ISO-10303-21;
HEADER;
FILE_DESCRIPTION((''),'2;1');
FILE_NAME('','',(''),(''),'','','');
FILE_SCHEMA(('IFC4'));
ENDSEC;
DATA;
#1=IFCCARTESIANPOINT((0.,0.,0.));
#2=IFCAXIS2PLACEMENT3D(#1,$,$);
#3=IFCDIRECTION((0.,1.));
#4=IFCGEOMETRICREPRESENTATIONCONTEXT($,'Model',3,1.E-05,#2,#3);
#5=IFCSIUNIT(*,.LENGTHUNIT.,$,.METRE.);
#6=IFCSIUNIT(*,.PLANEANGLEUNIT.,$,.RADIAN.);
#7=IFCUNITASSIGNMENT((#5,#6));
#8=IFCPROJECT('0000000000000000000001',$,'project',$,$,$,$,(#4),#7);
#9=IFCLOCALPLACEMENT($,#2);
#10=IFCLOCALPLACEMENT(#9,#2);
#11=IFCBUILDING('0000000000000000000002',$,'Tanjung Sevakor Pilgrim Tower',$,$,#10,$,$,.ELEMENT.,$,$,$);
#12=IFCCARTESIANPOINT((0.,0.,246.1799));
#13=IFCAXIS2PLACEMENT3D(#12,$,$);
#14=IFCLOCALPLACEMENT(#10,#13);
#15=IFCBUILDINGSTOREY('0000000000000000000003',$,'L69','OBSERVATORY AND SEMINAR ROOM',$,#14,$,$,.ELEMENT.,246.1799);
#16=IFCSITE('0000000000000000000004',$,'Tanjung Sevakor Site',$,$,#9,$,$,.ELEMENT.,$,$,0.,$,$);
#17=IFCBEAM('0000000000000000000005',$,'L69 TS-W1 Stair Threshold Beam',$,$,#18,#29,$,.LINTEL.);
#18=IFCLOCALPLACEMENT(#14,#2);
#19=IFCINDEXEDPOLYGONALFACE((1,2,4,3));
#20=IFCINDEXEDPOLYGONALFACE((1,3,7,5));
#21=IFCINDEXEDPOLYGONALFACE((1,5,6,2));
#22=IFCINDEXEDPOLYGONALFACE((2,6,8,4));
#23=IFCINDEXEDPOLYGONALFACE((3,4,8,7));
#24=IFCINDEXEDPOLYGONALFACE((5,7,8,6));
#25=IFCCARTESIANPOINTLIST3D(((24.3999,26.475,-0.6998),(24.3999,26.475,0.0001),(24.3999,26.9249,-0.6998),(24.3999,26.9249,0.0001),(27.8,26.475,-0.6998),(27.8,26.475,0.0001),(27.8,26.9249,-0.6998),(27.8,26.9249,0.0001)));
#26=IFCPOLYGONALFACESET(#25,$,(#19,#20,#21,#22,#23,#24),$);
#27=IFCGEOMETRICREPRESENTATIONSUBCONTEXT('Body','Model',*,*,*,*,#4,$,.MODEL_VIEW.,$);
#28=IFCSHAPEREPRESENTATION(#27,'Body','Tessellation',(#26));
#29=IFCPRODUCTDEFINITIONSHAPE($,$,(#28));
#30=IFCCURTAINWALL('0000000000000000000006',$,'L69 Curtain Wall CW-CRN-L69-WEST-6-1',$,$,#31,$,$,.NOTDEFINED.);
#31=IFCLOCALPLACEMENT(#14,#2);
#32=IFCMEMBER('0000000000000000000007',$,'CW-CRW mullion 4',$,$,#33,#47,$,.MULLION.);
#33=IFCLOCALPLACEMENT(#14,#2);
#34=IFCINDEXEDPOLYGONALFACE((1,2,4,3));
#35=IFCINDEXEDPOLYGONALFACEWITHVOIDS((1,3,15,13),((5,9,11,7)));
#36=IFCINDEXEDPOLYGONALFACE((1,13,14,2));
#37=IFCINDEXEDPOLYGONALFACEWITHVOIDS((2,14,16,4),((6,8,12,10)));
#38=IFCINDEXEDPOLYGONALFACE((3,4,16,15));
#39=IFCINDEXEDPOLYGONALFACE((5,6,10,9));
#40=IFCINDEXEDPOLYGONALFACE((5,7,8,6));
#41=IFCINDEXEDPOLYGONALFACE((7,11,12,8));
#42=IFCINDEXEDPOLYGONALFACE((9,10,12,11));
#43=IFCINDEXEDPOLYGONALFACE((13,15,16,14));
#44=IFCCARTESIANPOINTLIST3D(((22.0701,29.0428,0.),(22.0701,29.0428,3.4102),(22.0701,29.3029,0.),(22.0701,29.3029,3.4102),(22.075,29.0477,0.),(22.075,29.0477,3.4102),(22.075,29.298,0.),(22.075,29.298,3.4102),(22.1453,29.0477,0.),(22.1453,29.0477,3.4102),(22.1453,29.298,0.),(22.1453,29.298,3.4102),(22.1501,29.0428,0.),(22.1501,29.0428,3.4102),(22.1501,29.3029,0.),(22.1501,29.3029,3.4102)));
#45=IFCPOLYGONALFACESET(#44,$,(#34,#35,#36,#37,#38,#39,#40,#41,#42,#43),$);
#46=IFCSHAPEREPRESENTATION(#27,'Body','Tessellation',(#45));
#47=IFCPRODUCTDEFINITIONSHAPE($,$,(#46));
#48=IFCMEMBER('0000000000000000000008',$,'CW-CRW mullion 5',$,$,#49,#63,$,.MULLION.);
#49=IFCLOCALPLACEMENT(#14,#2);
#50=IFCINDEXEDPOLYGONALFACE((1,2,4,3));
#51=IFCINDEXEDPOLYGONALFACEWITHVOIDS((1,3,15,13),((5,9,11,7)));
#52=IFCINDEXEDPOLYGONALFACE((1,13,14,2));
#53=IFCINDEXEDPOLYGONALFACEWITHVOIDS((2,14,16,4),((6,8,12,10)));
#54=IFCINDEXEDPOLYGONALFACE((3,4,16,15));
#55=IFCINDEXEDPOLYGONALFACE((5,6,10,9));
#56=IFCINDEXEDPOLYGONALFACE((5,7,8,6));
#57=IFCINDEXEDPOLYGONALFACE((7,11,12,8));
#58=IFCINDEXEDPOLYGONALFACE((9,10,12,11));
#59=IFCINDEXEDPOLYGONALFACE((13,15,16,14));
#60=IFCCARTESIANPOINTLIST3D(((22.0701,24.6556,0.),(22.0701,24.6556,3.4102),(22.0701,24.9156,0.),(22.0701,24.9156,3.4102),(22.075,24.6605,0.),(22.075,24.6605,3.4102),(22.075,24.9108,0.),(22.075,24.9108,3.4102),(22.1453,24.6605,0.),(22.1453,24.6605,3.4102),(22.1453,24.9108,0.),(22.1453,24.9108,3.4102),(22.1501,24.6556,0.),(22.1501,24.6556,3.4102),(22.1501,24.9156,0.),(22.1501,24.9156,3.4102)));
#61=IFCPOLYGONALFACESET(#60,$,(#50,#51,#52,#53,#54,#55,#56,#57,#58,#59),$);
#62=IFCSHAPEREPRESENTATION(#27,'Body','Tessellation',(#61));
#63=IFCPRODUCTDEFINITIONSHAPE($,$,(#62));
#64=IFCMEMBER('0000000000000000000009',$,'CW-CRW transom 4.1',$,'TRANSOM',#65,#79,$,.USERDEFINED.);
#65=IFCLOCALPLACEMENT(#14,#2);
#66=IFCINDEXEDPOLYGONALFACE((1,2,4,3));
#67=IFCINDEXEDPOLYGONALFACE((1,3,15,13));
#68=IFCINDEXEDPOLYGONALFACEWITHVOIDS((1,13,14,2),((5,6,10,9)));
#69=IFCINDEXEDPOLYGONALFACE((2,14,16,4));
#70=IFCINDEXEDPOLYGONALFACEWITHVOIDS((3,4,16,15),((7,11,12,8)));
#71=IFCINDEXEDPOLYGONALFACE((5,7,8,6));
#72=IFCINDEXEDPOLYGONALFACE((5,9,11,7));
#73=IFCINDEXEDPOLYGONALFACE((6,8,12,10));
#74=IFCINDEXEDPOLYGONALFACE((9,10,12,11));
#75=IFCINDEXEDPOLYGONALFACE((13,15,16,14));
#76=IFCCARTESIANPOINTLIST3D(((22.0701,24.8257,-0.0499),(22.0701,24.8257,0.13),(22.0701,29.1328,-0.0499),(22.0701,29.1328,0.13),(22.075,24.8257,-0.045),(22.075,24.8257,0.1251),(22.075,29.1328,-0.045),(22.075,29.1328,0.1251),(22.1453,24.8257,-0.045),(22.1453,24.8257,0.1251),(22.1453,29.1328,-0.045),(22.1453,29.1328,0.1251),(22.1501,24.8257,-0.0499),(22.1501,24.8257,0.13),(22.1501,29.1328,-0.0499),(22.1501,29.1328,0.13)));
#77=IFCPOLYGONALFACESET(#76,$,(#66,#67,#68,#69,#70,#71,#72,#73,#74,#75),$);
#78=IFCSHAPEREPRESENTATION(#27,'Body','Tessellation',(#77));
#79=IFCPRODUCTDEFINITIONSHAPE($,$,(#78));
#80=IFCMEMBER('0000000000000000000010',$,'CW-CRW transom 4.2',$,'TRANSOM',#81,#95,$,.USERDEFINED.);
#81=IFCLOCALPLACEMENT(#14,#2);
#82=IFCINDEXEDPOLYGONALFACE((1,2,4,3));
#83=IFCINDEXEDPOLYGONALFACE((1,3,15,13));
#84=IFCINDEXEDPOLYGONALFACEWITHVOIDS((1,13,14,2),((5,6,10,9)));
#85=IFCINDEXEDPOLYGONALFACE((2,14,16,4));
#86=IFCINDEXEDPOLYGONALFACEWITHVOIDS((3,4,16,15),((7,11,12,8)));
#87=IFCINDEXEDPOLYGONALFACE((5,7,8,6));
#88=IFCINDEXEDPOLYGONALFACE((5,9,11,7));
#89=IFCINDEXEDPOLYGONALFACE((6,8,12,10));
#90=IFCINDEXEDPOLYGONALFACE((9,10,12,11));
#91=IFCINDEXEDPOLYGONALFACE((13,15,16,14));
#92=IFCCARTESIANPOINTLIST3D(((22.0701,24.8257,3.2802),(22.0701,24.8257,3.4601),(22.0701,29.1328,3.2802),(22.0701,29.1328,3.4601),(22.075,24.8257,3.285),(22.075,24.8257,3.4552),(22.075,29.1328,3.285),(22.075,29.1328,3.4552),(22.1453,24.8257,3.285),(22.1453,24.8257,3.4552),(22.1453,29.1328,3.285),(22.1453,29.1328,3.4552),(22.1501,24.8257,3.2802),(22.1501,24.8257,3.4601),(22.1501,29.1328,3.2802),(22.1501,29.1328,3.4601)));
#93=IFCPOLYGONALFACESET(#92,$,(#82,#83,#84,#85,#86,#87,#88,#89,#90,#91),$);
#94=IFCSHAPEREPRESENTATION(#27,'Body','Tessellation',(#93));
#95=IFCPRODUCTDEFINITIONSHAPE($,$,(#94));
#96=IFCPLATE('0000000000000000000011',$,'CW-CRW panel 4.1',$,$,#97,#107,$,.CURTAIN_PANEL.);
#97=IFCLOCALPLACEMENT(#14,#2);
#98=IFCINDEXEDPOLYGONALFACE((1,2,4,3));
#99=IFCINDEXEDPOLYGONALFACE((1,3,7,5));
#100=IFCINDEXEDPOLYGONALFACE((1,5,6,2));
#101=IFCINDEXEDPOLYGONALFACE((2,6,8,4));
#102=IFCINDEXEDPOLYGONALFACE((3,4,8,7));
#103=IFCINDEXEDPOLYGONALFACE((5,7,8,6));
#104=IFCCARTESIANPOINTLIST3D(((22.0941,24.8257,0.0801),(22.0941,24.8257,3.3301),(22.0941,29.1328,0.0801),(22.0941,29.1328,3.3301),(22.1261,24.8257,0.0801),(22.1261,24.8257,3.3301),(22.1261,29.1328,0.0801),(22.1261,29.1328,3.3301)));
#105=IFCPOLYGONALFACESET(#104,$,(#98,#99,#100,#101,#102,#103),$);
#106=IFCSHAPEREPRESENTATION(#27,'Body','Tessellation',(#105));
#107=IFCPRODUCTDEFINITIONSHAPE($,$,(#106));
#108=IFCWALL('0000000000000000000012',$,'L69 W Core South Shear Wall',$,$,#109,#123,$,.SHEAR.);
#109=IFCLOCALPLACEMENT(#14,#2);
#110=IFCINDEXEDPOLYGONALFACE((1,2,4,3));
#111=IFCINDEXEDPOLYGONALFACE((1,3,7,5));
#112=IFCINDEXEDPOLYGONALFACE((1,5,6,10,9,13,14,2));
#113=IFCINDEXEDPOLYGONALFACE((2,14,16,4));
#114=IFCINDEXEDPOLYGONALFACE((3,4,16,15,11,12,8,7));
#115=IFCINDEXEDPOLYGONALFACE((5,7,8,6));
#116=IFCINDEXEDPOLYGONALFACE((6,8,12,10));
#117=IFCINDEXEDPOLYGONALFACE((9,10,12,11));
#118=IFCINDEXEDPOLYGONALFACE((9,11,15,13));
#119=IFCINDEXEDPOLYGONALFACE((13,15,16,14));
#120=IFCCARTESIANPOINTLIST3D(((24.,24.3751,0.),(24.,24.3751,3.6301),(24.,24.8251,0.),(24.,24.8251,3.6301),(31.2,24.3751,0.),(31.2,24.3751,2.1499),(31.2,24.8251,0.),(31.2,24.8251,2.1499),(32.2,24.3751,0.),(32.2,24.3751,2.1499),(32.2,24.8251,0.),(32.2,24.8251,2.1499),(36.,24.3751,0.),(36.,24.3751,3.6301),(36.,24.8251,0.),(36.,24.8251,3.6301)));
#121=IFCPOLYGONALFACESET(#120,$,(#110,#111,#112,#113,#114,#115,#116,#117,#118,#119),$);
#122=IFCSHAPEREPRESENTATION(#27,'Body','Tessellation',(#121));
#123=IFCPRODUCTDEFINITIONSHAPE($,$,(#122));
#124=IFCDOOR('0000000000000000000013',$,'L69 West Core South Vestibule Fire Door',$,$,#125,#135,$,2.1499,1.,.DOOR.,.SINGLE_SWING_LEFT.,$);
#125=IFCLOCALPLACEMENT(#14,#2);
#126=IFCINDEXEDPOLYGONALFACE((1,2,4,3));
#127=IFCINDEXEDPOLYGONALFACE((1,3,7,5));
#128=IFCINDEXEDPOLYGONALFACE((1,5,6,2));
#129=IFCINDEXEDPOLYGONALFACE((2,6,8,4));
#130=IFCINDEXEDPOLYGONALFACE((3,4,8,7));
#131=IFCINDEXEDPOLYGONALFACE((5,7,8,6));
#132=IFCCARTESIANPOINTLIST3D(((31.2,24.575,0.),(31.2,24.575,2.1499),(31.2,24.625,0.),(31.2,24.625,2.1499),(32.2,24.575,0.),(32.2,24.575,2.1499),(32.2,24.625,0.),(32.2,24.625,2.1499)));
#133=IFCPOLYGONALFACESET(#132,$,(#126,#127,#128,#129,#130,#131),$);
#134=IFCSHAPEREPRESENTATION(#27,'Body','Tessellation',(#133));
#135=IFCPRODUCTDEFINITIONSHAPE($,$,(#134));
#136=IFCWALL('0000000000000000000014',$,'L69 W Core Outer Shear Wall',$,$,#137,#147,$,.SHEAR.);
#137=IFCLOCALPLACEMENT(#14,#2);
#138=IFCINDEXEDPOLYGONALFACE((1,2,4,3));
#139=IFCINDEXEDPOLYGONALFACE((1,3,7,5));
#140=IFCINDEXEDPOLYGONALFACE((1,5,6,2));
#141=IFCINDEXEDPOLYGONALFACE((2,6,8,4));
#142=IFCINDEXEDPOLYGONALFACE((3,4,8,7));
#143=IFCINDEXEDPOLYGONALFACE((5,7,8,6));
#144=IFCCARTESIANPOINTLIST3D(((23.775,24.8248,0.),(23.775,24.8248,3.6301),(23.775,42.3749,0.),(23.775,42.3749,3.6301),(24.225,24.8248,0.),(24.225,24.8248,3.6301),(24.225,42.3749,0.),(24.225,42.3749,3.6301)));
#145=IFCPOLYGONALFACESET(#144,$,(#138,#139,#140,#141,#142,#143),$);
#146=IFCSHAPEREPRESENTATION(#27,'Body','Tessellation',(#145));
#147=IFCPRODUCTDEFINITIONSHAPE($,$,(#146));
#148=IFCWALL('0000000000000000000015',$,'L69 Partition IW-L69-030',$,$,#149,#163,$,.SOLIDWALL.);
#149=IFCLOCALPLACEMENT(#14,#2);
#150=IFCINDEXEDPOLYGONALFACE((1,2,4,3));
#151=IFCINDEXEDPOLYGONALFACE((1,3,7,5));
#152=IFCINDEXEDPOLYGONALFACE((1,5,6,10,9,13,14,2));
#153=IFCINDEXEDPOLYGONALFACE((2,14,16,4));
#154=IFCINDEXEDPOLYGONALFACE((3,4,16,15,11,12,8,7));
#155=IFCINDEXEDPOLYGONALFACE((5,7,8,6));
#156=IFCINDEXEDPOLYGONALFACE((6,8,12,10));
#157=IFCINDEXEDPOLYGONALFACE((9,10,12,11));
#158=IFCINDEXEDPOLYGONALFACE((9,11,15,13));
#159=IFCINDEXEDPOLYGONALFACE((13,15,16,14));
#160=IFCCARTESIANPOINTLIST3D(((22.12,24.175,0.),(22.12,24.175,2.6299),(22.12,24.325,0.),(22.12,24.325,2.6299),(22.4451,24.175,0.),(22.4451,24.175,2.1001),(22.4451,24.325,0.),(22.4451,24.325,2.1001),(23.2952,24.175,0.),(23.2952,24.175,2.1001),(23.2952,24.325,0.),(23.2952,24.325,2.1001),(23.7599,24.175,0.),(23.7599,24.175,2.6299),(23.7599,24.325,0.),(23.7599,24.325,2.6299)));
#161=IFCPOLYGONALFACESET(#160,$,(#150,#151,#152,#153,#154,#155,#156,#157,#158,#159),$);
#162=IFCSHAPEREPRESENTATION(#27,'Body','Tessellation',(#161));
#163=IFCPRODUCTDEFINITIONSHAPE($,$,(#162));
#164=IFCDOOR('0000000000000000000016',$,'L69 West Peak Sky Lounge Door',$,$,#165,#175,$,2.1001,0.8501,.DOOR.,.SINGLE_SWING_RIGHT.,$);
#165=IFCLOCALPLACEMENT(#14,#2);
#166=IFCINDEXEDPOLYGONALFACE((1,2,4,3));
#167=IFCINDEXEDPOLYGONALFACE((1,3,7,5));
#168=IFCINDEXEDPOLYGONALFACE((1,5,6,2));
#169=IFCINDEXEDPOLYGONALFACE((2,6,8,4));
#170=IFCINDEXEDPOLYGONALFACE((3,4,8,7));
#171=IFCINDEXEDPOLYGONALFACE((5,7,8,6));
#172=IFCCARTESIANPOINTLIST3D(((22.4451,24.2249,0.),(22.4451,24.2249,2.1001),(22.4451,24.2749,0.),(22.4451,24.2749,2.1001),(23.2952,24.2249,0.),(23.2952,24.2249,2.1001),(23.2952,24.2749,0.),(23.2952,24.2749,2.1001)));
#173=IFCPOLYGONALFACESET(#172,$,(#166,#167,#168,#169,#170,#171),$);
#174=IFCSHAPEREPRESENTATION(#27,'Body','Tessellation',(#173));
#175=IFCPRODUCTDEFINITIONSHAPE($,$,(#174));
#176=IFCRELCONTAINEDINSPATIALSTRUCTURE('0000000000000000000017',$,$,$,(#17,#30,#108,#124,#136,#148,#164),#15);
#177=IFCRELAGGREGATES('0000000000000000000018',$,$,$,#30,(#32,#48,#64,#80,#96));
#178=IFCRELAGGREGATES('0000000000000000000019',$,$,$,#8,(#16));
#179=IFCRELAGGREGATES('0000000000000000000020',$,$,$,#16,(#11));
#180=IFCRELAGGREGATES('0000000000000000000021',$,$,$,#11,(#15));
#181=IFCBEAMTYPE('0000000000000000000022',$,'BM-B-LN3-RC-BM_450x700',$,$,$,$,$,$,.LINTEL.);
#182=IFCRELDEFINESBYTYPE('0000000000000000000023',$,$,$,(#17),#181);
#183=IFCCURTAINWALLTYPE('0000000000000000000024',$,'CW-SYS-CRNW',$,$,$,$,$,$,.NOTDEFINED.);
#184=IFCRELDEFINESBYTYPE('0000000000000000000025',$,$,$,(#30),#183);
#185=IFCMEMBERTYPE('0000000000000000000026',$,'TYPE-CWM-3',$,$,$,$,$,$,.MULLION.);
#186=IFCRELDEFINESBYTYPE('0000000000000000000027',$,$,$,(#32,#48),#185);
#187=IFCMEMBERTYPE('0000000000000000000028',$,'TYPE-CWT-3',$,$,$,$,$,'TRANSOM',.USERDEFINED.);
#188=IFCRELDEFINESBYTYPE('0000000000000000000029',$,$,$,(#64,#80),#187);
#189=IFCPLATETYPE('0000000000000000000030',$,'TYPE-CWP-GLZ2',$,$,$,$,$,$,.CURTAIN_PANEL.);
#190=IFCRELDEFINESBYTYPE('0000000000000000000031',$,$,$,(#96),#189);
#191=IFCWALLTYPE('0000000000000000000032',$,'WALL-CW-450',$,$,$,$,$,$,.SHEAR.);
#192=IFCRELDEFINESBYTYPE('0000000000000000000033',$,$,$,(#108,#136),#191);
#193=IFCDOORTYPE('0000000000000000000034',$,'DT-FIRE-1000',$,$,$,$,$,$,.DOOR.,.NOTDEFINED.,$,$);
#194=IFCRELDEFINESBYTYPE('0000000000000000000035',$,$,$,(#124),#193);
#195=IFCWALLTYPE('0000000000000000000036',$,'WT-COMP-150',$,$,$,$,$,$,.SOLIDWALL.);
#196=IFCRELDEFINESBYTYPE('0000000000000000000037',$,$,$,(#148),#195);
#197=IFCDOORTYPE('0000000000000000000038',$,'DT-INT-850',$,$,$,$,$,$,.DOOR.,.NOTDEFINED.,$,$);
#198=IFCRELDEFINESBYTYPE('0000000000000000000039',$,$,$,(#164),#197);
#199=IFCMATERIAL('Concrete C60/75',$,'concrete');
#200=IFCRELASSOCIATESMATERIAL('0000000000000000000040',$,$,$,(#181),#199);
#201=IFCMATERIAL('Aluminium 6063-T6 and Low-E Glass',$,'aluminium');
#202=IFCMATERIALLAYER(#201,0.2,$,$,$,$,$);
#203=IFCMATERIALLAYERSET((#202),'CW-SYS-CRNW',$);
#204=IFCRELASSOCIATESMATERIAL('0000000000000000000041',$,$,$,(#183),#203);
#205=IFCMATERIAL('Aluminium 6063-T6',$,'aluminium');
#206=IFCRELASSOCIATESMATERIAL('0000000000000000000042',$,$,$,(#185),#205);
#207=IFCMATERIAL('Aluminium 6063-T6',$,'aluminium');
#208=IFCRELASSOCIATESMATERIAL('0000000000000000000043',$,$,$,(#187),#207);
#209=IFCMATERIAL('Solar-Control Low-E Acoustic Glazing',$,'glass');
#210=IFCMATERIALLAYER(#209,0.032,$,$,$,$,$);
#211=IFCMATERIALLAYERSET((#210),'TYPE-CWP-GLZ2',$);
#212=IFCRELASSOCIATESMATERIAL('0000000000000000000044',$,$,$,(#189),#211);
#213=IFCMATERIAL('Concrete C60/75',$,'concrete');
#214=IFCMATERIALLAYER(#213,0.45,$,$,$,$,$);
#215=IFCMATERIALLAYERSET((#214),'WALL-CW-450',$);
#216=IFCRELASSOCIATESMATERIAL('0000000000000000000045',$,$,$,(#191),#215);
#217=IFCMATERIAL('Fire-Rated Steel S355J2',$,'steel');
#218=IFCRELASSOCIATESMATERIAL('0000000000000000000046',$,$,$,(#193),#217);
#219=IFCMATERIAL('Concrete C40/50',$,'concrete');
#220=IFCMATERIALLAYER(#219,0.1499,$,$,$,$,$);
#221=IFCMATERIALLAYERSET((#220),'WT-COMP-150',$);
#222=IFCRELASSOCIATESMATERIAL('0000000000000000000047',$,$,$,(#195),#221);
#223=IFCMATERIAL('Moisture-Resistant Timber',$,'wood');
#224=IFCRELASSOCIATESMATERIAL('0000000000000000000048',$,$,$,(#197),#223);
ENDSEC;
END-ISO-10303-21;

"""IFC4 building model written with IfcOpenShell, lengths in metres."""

from ifc_helpers import new_model, si_unit, direction, frame, frame_2d, origin, origin_2d, place, context, subcontext, project, spatial, rectangle, hollow_rectangle, extrude, material, layer, layer_set, material_profile, profile_set, type_object, element, fill, aggregate, save


model = new_model("IFC4")

# Units and contexts
model_context = context("Model", 3, precision=1e-05, world=origin(), true_north=direction((0.0, 1.0)))
body_context = subcontext(model_context, "Body", "Model", "MODEL_VIEW")
ifc_project = project(units=[si_unit("LENGTHUNIT", "METRE"), si_unit("PLANEANGLEUNIT", "RADIAN")], contexts=[model_context])

# Site, building, storey
site_placement = place(None, origin())
site = spatial("IfcSite", under=ifc_project, at=site_placement, Name="Tanjung Sevakor Site", CompositionType="ELEMENT", RefElevation=0.0)
building_placement = place(site_placement, origin())
building = spatial("IfcBuilding", under=site, at=building_placement, Name="Tanjung Sevakor Pilgrim Tower", CompositionType="ELEMENT")
storey_placement = place(building_placement, frame((0.0, 0.0, 246.1799)))
storey = spatial("IfcBuildingStorey", under=building, at=storey_placement, Name="L69", Description="OBSERVATORY AND SEMINAR ROOM", CompositionType="ELEMENT", Elevation=246.1799)

# Beam
ifc_material_1 = material(Name="Concrete C60/75", Category="concrete")
ifc_material_profile_1 = material_profile(ifc_material_1, rectangle(XDim=0.45, YDim=0.7, at=origin_2d()))
ifc_profile_set_1 = profile_set([ifc_material_profile_1], Name="Concrete C60/75")
beam_type = type_object("IfcBeamType", Name="BM-B-LN3-RC-BM_450x700", PredefinedType="LINTEL", material=ifc_profile_set_1)
beam_placement = place(storey_placement, frame((24.3999, 26.7, -0.3499), z_axis=(1.0, 0.0, 0.0), x_axis=(0.0, 1.0, 0.0)))
element("IfcBeam", 1, at=beam_placement, inside=storey, type_object=beam_type, Name="L69 TS-W1 Stair Threshold Beam", PredefinedType="LINTEL", context=body_context, shape_type="SweptSolid", body=[
    extrude(rectangle(XDim=0.45, YDim=0.7, at=origin_2d()), origin(), (0.0, 0.0, 1.0), 3.4001),
])

# Curtain wall, members, plate
ifc_material_2 = material(Name="Aluminium 6063-T6 and Low-E Glass", Category="aluminium")
ifc_layer_1 = layer(ifc_material_2, 0.2)
ifc_layer_set_1 = layer_set([ifc_layer_1], Name="CW-SYS-CRNW")
curtain_wall_type = type_object("IfcCurtainWallType", Name="CW-SYS-CRNW", PredefinedType="NOTDEFINED", material=ifc_layer_set_1)
curtain_wall_placement = place(storey_placement, origin())
curtain_wall = element("IfcCurtainWall", 2, at=curtain_wall_placement, inside=storey, type_object=curtain_wall_type, Name="L69 Curtain Wall CW-CRN-L69-WEST-6-1", PredefinedType="NOTDEFINED")
ifc_material_3 = material(Name="Aluminium 6063-T6", Category="aluminium")
ifc_material_profile_2 = material_profile(ifc_material_3, hollow_rectangle(XDim=0.0801, YDim=0.26, WallThickness=0.0049, at=origin_2d()))
ifc_profile_set_2 = profile_set([ifc_material_profile_2], Name="Aluminium 6063-T6")
member_type_1 = type_object("IfcMemberType", Name="TYPE-CWM-3", PredefinedType="MULLION", material=ifc_profile_set_2)
member_1_placement = place(storey_placement, frame((22.1101, 29.1729, 0.0), z_axis=(0.0, 0.0, 1.0), x_axis=(1.0, 0.0, 0.0)))
member_1 = element("IfcMember", 3, at=member_1_placement, type_object=member_type_1, Name="CW-CRW mullion 4", PredefinedType="MULLION", context=body_context, shape_type="SweptSolid", body=[
    extrude(hollow_rectangle(XDim=0.0801, YDim=0.26, WallThickness=0.0049, at=origin_2d()), origin(), (0.0, 0.0, 1.0), 3.4102),
])
member_2_placement = place(storey_placement, frame((22.1101, 24.7856, 0.0), z_axis=(0.0, 0.0, 1.0), x_axis=(1.0, 0.0, 0.0)))
member_2 = element("IfcMember", 4, at=member_2_placement, type_object=member_type_1, Name="CW-CRW mullion 5", PredefinedType="MULLION", context=body_context, shape_type="SweptSolid", body=[
    extrude(hollow_rectangle(XDim=0.0801, YDim=0.26, WallThickness=0.0049, at=origin_2d()), origin(), (0.0, 0.0, 1.0), 3.4102),
])
ifc_material_4 = material(Name="Aluminium 6063-T6", Category="aluminium")
ifc_material_profile_3 = material_profile(ifc_material_4, hollow_rectangle(XDim=0.0801, YDim=0.1799, WallThickness=0.0049, at=origin_2d()))
ifc_profile_set_3 = profile_set([ifc_material_profile_3], Name="Aluminium 6063-T6")
member_type_2 = type_object("IfcMemberType", Name="TYPE-CWT-3", ElementType="TRANSOM", PredefinedType="USERDEFINED", material=ifc_profile_set_3)
member_3_placement = place(storey_placement, frame((22.1101, 29.1328, 0.04), z_axis=(0.0, -1.0, 0.0), x_axis=(1.0, 0.0, 0.0)))
member_3 = element("IfcMember", 5, at=member_3_placement, type_object=member_type_2, Name="CW-CRW transom 4.1", ObjectType="TRANSOM", PredefinedType="USERDEFINED", context=body_context, shape_type="SweptSolid", body=[
    extrude(hollow_rectangle(XDim=0.0801, YDim=0.1799, WallThickness=0.0049, at=origin_2d()), origin(), (0.0, 0.0, 1.0), 4.3071),
])
member_4_placement = place(storey_placement, frame((22.1101, 29.1328, 3.3701), z_axis=(0.0, -1.0, 0.0), x_axis=(1.0, 0.0, 0.0)))
member_4 = element("IfcMember", 6, at=member_4_placement, type_object=member_type_2, Name="CW-CRW transom 4.2", ObjectType="TRANSOM", PredefinedType="USERDEFINED", context=body_context, shape_type="SweptSolid", body=[
    extrude(hollow_rectangle(XDim=0.0801, YDim=0.1799, WallThickness=0.0049, at=origin_2d()), origin(), (0.0, 0.0, 1.0), 4.3071),
])
ifc_material_5 = material(Name="Solar-Control Low-E Acoustic Glazing", Category="glass")
ifc_layer_2 = layer(ifc_material_5, 0.032)
ifc_layer_set_2 = layer_set([ifc_layer_2], Name="TYPE-CWP-GLZ2")
plate_type = type_object("IfcPlateType", Name="TYPE-CWP-GLZ2", PredefinedType="CURTAIN_PANEL", material=ifc_layer_set_2)
plate_placement = place(storey_placement, frame((22.1101, 26.9792, 0.0801), z_axis=(0.0, 0.0, 1.0), x_axis=(0.0, -1.0, 0.0)))
plate = element("IfcPlate", 7, at=plate_placement, type_object=plate_type, Name="CW-CRW panel 4.1", PredefinedType="CURTAIN_PANEL", context=body_context, shape_type="SweptSolid", body=[
    extrude(rectangle(XDim=4.3071, YDim=0.032, at=origin_2d()), origin(), (0.0, 0.0, 1.0), 3.25),
])
aggregate(curtain_wall, [member_1, member_2, member_3, member_4, plate])

# Wall, opening, door
ifc_material_6 = material(Name="Concrete C60/75", Category="concrete")
ifc_layer_3 = layer(ifc_material_6, 0.45)
ifc_layer_set_3 = layer_set([ifc_layer_3], Name="WALL-CW-450")
wall_type_1 = type_object("IfcWallType", Name="WALL-CW-450", PredefinedType="SHEAR", material=ifc_layer_set_3)
wall_1_placement = place(storey_placement, frame((24.0, 24.6001, 0.0), z_axis=(0.0, 0.0, 1.0), x_axis=(1.0, 0.0, 0.0)))
wall_1 = element("IfcWall", 8, at=wall_1_placement, inside=storey, type_object=wall_type_1, Name="L69 W Core South Shear Wall", PredefinedType="SHEAR", context=body_context, shape_type="SweptSolid", body=[
    extrude(rectangle(XDim=12.0, YDim=0.45, at=frame_2d((6.0, 0.0))), origin(), (0.0, 0.0, 1.0), 3.6301),
])
opening_1_placement = place(wall_1_placement, frame((7.2, 0.0, 0.0)))
opening_1 = element("IfcOpeningElement", 9, at=opening_1_placement, cuts=wall_1, PredefinedType="OPENING", context=body_context, shape_type="SweptSolid", body=[
    extrude(rectangle(XDim=1.0, YDim=2.1499, at=frame_2d((0.5, 1.075))), frame((0.0, 0.2349, 0.0), z_axis=(0.0, -1.0, 0.0), x_axis=(1.0, 0.0, 0.0)), (0.0, 0.0, 1.0), 0.47),
])
ifc_material_7 = material(Name="Fire-Rated Steel S355J2", Category="steel")
door_type_1 = type_object("IfcDoorType", Name="DT-FIRE-1000", OperationType="NOTDEFINED", PredefinedType="DOOR", material=ifc_material_7)
door_1_placement = place(opening_1_placement, origin())
door_1 = element("IfcDoor", 10, at=door_1_placement, inside=storey, type_object=door_type_1, Name="L69 West Core South Vestibule Fire Door", OperationType="SINGLE_SWING_LEFT", OverallHeight=2.1499, OverallWidth=1.0, PredefinedType="DOOR", context=body_context, shape_type="SweptSolid", body=[
    extrude(rectangle(XDim=1.0, YDim=2.1499, at=frame_2d((0.5, 1.075))), frame((0.0, 0.0249, 0.0), z_axis=(0.0, -1.0, 0.0), x_axis=(1.0, 0.0, 0.0)), (0.0, 0.0, 1.0), 0.05),
])
fill(opening_1, door_1)

# Wall
wall_2_placement = place(storey_placement, frame((24.0, 24.825, 0.0), z_axis=(0.0, 0.0, 1.0), x_axis=(0.0, 1.0, 0.0)))
element("IfcWall", 11, at=wall_2_placement, inside=storey, type_object=wall_type_1, Name="L69 W Core Outer Shear Wall", PredefinedType="SHEAR", context=body_context, shape_type="SweptSolid", body=[
    extrude(rectangle(XDim=17.55, YDim=0.45, at=frame_2d((8.7749, 0.0))), origin(), (0.0, 0.0, 1.0), 3.6301),
])

# Wall, opening, door
ifc_material_8 = material(Name="Concrete C40/50", Category="concrete")
ifc_layer_4 = layer(ifc_material_8, 0.1499)
ifc_layer_set_4 = layer_set([ifc_layer_4], Name="WT-COMP-150")
wall_type_2 = type_object("IfcWallType", Name="WT-COMP-150", PredefinedType="SOLIDWALL", material=ifc_layer_set_4)
wall_3_placement = place(storey_placement, frame((22.1201, 24.25, 0.0), z_axis=(0.0, 0.0, 1.0), x_axis=(1.0, 0.0, 0.0)))
wall_3 = element("IfcWall", 12, at=wall_3_placement, inside=storey, type_object=wall_type_2, Name="L69 Partition IW-L69-030", PredefinedType="SOLIDWALL", context=body_context, shape_type="SweptSolid", body=[
    extrude(rectangle(XDim=1.6399, YDim=0.1499, at=frame_2d((0.8198, 0.0))), origin(), (0.0, 0.0, 1.0), 2.6299),
])
opening_2_placement = place(wall_3_placement, frame((0.325, 0.0, 0.0)))
opening_2 = element("IfcOpeningElement", 13, at=opening_2_placement, cuts=wall_3, PredefinedType="OPENING", context=body_context, shape_type="SweptSolid", body=[
    extrude(rectangle(XDim=0.8501, YDim=2.1001, at=frame_2d((0.425, 1.05))), frame((0.0, 0.085, 0.0), z_axis=(0.0, -1.0, 0.0), x_axis=(1.0, 0.0, 0.0)), (0.0, 0.0, 1.0), 0.1699),
])
ifc_material_9 = material(Name="Moisture-Resistant Timber", Category="wood")
door_type_2 = type_object("IfcDoorType", Name="DT-INT-850", OperationType="NOTDEFINED", PredefinedType="DOOR", material=ifc_material_9)
door_2_placement = place(opening_2_placement, origin())
door_2 = element("IfcDoor", 14, at=door_2_placement, inside=storey, type_object=door_type_2, Name="L69 West Peak Sky Lounge Door", OperationType="SINGLE_SWING_RIGHT", OverallHeight=2.1001, OverallWidth=0.8501, PredefinedType="DOOR", context=body_context, shape_type="SweptSolid", body=[
    extrude(rectangle(XDim=0.8501, YDim=2.1001, at=frame_2d((0.425, 1.05))), frame((0.0, 0.0249, 0.0), z_axis=(0.0, -1.0, 0.0), x_axis=(1.0, 0.0, 0.0)), (0.0, 0.0, 1.0), 0.05),
])
fill(opening_2, door_2)

save(model, "model.ifc")
